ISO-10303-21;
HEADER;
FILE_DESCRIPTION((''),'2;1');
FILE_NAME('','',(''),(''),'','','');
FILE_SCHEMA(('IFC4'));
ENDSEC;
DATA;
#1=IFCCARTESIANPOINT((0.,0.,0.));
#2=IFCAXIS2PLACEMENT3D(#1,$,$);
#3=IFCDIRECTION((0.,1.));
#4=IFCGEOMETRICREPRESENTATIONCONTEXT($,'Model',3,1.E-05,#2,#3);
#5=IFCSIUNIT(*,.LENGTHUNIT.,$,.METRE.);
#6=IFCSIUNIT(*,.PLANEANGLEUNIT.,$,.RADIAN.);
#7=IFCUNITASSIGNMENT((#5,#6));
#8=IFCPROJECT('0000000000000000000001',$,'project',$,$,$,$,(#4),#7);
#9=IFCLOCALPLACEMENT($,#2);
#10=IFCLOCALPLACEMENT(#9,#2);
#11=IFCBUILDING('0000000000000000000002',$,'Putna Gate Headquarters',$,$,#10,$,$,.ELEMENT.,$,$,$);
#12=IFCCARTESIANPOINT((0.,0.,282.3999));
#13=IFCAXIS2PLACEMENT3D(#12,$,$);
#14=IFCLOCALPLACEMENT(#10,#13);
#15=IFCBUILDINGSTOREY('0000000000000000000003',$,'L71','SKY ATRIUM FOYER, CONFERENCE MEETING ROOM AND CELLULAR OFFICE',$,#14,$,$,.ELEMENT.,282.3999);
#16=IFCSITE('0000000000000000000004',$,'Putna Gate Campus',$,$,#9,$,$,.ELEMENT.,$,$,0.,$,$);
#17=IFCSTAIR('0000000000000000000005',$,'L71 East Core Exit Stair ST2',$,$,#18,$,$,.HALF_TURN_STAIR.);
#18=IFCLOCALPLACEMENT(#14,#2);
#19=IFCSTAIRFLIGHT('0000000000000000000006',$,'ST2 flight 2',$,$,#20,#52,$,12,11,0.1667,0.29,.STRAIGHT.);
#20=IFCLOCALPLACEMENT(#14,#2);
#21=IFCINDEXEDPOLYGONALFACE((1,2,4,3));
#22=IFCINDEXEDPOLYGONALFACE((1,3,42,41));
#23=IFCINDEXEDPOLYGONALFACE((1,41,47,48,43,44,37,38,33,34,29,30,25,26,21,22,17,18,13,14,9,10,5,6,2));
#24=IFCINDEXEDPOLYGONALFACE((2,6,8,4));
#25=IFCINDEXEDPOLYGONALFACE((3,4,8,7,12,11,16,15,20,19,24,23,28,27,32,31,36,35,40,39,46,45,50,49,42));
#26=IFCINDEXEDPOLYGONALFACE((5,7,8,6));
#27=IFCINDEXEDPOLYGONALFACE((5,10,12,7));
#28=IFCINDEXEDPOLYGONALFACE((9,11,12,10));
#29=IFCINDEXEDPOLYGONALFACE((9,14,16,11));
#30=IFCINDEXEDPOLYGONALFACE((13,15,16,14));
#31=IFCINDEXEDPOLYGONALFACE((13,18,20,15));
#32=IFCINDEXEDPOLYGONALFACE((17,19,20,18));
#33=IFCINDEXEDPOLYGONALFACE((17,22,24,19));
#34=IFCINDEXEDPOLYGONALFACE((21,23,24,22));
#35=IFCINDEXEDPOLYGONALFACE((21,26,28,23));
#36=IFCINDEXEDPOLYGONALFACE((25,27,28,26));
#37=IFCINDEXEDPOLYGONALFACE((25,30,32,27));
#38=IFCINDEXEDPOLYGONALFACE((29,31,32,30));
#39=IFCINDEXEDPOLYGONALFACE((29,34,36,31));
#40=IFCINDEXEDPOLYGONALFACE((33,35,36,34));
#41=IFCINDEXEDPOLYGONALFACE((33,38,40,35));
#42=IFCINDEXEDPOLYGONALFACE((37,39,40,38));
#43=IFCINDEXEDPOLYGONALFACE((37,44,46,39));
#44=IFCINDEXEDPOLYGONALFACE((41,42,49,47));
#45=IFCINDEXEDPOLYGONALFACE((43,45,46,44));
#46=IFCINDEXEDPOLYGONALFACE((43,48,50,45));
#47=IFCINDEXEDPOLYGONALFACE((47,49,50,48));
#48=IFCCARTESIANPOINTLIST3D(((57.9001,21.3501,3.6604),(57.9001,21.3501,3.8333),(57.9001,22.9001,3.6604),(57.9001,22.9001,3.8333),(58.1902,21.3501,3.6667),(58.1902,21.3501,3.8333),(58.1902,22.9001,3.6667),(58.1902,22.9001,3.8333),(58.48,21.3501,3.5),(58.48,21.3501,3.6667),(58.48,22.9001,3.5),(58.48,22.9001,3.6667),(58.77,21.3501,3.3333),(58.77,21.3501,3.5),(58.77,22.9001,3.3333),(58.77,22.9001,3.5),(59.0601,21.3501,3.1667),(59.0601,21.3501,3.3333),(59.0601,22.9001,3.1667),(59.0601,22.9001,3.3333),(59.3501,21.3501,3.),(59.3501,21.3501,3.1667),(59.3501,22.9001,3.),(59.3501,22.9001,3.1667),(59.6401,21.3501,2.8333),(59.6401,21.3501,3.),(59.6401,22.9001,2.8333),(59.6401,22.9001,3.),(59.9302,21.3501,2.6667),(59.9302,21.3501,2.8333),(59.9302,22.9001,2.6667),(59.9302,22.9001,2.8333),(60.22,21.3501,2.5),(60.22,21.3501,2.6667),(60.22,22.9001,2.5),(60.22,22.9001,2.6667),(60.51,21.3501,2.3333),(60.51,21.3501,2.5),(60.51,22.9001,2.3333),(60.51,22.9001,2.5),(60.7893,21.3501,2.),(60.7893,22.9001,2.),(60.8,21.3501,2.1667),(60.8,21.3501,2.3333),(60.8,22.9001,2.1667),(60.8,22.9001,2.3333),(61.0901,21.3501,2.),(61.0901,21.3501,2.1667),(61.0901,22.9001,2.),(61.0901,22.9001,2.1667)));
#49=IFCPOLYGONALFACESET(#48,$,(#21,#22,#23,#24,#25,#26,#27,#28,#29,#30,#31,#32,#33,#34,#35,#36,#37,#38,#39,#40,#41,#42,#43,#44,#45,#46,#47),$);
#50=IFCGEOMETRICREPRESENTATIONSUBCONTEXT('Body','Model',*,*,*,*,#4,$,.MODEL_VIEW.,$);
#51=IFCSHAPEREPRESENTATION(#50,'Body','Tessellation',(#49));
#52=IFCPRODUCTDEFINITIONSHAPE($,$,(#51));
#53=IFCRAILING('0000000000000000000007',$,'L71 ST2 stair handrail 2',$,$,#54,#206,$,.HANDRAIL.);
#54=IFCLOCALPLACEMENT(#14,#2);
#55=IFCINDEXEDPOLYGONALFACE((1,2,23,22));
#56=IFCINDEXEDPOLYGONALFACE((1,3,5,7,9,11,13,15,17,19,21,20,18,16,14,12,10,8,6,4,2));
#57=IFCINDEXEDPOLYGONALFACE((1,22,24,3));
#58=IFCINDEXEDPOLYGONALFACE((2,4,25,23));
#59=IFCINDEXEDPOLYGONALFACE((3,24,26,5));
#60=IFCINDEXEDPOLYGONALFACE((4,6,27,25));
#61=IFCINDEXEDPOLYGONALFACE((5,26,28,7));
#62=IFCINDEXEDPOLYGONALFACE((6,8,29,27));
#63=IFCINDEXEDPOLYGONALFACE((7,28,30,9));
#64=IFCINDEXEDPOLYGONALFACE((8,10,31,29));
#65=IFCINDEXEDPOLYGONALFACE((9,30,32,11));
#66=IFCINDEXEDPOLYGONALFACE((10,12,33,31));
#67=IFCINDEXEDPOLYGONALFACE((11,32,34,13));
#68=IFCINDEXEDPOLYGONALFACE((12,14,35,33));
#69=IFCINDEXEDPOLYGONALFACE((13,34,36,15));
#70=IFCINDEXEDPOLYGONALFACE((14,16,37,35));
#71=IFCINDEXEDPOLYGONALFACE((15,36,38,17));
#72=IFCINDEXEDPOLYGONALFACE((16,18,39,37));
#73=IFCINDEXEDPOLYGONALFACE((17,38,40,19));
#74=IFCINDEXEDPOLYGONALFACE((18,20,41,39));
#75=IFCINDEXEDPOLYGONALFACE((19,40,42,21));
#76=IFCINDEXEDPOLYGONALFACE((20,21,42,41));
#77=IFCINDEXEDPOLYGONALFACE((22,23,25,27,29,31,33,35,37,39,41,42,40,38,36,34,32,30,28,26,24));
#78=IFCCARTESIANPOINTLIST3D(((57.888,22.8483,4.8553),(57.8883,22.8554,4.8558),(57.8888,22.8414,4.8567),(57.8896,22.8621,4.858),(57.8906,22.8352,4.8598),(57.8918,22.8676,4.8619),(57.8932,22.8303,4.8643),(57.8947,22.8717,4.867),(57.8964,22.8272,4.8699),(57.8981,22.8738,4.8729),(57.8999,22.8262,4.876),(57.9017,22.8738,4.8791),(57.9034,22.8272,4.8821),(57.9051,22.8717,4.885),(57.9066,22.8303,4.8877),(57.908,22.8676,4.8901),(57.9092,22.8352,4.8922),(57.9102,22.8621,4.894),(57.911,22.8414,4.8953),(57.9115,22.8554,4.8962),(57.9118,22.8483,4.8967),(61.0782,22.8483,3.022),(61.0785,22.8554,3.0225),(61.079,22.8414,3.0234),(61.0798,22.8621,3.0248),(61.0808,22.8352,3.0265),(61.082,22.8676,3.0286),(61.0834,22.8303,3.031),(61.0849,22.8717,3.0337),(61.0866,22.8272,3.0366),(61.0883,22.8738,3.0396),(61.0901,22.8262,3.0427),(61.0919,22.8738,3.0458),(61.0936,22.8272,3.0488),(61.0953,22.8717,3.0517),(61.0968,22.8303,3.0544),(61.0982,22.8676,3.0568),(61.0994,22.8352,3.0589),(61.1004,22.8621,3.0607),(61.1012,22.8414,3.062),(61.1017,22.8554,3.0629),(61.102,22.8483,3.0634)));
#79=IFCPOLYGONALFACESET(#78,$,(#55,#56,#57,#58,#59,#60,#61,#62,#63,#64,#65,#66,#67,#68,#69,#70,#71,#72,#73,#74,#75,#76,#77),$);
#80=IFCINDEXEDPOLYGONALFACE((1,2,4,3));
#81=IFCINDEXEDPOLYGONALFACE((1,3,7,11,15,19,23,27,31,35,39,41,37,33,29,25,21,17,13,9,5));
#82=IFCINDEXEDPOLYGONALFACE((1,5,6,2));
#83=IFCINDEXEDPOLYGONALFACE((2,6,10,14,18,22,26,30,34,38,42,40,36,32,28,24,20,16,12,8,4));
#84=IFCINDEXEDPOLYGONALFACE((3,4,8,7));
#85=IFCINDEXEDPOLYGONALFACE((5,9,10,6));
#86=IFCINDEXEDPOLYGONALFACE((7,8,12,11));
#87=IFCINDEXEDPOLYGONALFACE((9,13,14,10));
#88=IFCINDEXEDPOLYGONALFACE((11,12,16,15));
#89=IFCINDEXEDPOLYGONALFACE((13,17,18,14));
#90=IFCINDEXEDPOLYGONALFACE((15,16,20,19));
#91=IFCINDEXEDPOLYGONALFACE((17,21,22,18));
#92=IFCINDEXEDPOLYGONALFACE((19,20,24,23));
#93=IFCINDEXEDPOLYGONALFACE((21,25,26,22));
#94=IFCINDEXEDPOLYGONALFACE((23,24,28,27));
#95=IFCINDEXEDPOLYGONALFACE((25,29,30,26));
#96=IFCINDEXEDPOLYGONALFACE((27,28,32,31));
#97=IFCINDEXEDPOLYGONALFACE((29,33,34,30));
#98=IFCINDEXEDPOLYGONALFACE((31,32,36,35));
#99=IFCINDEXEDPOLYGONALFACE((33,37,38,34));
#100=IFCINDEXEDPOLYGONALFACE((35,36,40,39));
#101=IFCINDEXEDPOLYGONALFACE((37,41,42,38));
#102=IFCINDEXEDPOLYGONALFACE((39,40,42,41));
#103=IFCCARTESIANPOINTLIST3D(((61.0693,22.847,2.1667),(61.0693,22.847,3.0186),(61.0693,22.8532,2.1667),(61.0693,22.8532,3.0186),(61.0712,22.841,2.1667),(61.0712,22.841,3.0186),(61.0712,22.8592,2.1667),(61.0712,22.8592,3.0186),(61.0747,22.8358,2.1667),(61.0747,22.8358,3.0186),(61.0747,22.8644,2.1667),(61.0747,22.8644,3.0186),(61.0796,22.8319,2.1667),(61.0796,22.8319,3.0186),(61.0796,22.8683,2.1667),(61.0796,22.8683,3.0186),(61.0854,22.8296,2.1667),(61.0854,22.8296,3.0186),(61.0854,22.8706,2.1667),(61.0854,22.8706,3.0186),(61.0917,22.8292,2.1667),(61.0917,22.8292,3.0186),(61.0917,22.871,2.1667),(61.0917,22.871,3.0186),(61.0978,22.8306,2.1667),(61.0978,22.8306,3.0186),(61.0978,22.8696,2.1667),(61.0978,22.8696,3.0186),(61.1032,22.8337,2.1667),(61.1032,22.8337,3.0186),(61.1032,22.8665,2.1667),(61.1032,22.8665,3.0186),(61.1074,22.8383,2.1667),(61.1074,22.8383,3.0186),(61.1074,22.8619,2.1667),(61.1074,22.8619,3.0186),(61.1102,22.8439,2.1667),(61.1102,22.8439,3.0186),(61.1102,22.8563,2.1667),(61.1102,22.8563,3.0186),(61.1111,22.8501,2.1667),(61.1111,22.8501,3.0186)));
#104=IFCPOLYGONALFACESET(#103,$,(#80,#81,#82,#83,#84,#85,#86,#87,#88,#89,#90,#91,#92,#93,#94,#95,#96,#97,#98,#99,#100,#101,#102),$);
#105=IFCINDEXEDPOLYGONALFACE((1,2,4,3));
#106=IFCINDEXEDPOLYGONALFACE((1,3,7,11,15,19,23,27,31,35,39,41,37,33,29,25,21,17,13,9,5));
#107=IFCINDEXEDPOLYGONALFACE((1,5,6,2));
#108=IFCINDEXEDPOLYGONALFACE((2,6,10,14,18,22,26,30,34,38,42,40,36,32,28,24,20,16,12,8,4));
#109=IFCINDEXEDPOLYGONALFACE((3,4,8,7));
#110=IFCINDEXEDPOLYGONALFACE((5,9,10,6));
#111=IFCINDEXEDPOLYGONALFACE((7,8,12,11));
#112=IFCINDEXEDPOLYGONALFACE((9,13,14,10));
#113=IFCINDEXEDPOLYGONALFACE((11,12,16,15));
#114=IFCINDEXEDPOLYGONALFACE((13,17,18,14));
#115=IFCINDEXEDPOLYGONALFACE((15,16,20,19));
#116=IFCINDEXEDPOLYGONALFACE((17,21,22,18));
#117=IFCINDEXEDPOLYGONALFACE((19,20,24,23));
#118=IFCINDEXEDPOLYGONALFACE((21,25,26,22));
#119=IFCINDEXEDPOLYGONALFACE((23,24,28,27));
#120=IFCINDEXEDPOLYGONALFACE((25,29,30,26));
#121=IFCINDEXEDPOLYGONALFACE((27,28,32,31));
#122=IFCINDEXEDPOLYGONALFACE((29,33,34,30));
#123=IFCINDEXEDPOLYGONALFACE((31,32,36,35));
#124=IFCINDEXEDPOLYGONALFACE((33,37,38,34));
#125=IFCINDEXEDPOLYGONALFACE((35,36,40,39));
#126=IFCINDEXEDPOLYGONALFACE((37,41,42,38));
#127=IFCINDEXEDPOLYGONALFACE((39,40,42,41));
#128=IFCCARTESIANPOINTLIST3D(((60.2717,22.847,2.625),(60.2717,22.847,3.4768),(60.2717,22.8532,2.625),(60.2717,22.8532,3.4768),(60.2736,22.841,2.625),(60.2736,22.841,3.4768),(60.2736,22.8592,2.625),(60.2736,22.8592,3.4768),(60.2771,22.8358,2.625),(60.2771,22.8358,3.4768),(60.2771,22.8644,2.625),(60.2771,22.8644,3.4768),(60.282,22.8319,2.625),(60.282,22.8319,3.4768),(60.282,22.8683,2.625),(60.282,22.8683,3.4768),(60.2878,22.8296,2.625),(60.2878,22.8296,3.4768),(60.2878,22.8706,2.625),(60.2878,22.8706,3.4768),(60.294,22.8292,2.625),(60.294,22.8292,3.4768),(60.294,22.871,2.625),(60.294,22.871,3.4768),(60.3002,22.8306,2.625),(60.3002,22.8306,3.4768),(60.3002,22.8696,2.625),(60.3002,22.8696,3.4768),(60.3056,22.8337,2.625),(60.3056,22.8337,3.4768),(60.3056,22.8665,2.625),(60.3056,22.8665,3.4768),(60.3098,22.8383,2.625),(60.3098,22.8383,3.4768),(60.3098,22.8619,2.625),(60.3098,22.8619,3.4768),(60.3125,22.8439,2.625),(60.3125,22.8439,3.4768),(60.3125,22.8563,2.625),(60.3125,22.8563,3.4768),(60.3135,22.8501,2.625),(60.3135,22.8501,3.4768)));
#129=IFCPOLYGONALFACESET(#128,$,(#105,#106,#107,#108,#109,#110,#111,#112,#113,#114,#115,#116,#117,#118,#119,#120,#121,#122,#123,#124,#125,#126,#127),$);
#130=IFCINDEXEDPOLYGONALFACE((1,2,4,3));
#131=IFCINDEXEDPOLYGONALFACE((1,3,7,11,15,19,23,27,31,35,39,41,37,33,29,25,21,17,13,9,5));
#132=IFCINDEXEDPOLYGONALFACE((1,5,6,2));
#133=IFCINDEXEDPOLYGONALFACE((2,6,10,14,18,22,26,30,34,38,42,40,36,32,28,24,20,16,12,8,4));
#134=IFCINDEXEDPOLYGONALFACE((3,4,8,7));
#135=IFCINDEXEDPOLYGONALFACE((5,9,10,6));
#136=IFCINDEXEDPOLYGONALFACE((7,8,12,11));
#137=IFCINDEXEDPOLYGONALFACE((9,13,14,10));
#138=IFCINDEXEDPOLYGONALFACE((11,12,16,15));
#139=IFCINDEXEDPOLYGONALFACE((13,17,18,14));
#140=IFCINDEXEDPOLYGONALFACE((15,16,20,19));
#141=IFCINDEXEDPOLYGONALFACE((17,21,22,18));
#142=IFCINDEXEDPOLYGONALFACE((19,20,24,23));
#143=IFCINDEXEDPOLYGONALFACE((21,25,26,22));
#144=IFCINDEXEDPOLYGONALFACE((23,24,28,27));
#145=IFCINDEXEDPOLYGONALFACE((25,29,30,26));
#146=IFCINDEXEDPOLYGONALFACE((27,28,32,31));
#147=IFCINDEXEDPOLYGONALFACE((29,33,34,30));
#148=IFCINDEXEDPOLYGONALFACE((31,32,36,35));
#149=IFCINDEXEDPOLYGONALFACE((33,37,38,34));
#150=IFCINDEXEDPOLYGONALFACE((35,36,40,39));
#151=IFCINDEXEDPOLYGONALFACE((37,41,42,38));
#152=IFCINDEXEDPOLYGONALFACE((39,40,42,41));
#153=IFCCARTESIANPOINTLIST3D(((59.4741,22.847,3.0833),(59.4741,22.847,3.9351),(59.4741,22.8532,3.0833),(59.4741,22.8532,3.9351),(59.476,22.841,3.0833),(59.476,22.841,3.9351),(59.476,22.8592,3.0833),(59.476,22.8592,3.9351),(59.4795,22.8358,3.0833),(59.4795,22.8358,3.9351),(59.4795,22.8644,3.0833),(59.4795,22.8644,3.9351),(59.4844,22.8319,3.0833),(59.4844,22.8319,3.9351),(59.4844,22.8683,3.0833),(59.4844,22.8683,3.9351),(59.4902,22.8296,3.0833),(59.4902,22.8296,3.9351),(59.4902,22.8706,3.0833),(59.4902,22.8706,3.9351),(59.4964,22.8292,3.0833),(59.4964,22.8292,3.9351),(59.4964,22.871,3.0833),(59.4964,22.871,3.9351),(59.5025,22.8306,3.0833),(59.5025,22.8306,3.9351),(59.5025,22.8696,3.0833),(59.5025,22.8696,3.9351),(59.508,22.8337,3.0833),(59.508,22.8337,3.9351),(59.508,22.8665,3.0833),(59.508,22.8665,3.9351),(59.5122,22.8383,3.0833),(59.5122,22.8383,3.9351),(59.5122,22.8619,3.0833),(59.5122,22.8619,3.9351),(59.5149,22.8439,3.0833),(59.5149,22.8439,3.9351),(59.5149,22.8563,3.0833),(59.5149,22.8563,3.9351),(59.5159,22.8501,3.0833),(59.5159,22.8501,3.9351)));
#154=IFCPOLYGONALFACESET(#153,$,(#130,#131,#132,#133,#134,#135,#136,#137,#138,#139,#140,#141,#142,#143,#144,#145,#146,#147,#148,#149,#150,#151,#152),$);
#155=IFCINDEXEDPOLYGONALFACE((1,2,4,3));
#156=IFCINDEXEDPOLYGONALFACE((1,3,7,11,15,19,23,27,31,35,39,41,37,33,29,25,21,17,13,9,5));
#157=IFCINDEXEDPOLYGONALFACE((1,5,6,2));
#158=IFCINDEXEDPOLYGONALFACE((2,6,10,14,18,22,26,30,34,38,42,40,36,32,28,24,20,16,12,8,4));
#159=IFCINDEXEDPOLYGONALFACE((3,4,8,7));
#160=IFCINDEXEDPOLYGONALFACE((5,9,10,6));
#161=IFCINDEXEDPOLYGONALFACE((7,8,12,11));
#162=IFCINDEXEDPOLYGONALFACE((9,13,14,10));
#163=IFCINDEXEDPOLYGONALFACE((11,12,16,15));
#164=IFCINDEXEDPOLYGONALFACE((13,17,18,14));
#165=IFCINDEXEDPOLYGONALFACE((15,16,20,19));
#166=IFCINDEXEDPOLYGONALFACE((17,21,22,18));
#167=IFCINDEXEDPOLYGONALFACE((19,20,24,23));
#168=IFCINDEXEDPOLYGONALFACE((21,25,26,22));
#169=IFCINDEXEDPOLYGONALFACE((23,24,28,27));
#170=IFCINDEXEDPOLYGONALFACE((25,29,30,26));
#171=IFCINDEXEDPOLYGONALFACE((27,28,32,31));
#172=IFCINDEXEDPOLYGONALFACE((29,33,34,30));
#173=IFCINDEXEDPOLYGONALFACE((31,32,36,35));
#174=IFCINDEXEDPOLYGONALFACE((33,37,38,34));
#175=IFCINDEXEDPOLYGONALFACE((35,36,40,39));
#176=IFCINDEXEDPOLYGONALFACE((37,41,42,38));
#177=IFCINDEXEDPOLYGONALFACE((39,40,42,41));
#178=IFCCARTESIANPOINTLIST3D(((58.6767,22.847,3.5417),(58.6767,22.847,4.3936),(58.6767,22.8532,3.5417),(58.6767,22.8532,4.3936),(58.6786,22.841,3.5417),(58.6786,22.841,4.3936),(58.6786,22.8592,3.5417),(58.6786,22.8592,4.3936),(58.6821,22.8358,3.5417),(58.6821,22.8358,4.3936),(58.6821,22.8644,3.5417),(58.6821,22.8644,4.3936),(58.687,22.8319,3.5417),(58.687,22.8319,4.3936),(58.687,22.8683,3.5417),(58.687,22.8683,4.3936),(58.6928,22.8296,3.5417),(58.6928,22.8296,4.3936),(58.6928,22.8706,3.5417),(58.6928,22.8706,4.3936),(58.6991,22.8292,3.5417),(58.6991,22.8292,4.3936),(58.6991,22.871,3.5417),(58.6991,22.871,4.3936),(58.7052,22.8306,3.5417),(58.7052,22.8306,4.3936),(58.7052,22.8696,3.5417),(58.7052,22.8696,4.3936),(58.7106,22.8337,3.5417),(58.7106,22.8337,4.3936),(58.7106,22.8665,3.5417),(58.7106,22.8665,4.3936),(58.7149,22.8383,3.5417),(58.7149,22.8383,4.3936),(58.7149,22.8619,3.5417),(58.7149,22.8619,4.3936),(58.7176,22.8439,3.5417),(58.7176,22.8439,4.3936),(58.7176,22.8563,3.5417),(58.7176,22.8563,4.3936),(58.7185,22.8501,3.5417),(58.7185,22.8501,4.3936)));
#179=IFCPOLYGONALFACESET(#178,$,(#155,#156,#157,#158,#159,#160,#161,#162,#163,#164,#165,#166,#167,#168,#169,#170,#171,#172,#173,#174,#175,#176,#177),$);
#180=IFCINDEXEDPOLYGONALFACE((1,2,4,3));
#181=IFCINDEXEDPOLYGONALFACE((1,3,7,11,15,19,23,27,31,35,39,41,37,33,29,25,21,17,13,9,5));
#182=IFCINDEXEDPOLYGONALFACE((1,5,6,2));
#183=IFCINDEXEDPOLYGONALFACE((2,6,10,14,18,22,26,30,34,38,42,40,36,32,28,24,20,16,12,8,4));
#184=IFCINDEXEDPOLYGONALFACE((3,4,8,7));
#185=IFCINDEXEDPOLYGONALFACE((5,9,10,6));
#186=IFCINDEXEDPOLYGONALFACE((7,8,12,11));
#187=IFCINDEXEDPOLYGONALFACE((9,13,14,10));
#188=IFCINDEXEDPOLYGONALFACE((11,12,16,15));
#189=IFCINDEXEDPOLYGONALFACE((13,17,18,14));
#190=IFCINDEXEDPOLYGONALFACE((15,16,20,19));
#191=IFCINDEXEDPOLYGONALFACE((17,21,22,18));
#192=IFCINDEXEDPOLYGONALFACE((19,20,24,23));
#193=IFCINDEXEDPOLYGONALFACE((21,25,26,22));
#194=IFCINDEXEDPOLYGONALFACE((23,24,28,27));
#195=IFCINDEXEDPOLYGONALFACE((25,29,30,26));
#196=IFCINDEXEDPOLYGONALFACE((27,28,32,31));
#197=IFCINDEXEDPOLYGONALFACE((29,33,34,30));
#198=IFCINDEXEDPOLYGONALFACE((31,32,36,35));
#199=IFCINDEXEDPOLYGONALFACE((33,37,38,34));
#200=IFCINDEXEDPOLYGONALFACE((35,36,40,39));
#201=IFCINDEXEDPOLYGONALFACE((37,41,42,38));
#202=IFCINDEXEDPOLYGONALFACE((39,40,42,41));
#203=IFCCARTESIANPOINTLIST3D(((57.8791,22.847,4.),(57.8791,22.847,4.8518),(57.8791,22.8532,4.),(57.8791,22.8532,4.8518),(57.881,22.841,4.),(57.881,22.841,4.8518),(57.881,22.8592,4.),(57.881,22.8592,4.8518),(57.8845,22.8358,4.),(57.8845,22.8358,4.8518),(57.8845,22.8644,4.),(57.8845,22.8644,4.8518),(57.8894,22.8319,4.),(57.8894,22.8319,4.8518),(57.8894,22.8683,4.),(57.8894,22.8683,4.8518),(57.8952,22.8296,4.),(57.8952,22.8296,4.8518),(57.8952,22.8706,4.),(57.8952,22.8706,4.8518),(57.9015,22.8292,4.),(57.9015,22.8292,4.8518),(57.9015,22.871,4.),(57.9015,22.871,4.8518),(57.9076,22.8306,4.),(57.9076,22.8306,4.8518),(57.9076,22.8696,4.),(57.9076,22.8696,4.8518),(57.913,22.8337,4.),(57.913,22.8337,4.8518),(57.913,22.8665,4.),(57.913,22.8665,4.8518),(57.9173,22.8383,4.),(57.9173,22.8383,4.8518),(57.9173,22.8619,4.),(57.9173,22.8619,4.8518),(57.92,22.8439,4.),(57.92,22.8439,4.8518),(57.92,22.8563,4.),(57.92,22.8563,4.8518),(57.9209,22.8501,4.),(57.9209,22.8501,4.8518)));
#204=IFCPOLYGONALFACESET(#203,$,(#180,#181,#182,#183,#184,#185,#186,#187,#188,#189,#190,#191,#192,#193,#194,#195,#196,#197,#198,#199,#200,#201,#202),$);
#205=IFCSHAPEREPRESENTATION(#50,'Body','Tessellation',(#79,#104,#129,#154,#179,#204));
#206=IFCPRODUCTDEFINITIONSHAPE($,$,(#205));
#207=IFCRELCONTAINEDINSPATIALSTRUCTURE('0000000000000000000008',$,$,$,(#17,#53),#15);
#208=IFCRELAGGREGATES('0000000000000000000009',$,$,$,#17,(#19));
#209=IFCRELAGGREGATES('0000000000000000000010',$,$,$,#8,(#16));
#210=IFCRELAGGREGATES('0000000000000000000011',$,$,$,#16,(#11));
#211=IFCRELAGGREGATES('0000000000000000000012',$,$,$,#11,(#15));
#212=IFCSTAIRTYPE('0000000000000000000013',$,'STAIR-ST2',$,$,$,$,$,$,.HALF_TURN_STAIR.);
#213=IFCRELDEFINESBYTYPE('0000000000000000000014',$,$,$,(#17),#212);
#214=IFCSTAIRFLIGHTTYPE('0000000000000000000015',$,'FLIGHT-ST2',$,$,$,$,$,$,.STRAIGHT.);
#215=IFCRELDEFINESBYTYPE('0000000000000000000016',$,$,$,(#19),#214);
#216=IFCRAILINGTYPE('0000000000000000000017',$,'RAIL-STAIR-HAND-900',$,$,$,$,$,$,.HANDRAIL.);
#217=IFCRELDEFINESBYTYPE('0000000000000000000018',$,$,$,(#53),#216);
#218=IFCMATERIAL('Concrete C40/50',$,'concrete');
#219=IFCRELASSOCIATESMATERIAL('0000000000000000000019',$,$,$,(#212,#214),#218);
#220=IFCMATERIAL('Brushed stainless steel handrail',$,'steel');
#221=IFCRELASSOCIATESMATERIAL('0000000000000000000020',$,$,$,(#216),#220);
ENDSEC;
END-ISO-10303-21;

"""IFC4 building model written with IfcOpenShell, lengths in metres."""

from ifc_helpers import new_model, si_unit, direction, frame, origin, origin_2d, place, context, subcontext, project, spatial, polyline, circle, outline, extrude, material, type_object, element, aggregate, save


model = new_model("IFC4")

# Units and contexts
model_context = context("Model", 3, precision=1e-05, world=origin(), true_north=direction((0.0, 1.0)))
body_context = subcontext(model_context, "Body", "Model", "MODEL_VIEW")
ifc_project = project(units=[si_unit("LENGTHUNIT", "METRE"), si_unit("PLANEANGLEUNIT", "RADIAN")], contexts=[model_context])

# Site, building, storey
site_placement = place(None, origin())
site = spatial("IfcSite", under=ifc_project, at=site_placement, Name="Putna Gate Campus", CompositionType="ELEMENT", RefElevation=0.0)
building_placement = place(site_placement, origin())
building = spatial("IfcBuilding", under=site, at=building_placement, Name="Putna Gate Headquarters", CompositionType="ELEMENT")
storey_placement = place(building_placement, frame((0.0, 0.0, 282.3999)))
storey = spatial("IfcBuildingStorey", under=building, at=storey_placement, Name="L71", Description="SKY ATRIUM FOYER, CONFERENCE MEETING ROOM AND CELLULAR OFFICE", CompositionType="ELEMENT", Elevation=282.3999)

# Shared definitions
ifc_material_1 = material(Name="Concrete C40/50", Category="concrete")

# Stair, stair flight
stair_type = type_object("IfcStairType", Name="STAIR-ST2", PredefinedType="HALF_TURN_STAIR", material=ifc_material_1)
stair_placement = place(storey_placement, origin())
stair = element("IfcStair", 1, at=stair_placement, inside=storey, type_object=stair_type, Name="L71 East Core Exit Stair ST2", PredefinedType="HALF_TURN_STAIR")
stair_flight_type = type_object("IfcStairFlightType", Name="FLIGHT-ST2", PredefinedType="STRAIGHT", material=ifc_material_1)
stair_flight_placement = place(storey_placement, frame((61.0901, 22.125, 2.0), z_axis=(0.0, 0.0, 1.0), x_axis=(-1.0, 0.0, 0.0)))
stair_flight = element("IfcStairFlight", 2, at=stair_flight_placement, type_object=stair_flight_type, Name="ST2 flight 2", NumberOfRisers=12, NumberOfTreads=11, PredefinedType="STRAIGHT", RiserHeight=0.1667, TreadLength=0.29, context=body_context, shape_type="SweptSolid", body=[
    extrude(outline(polyline([(0.0, 0.0), (0.0, 0.1667), (0.29, 0.1667), (0.29, 0.3333), (0.5801, 0.3333), (0.5801, 0.5), (0.8701, 0.5), (0.8701, 0.6667), (1.1599, 0.6667), (1.1599, 0.8333), (1.45, 0.8333), (1.45, 1.0), (1.74, 1.0), (1.74, 1.1667), (2.03, 1.1667), (2.03, 1.3333), (2.3201, 1.3333), (2.3201, 1.5), (2.6101, 1.5), (2.6101, 1.6667), (2.8999, 1.6667), (2.8999, 1.8333), (3.1899, 1.8333), (3.1899, 2.0), (3.1899, 1.6604), (0.3008, 0.0), (0.0, 0.0)])), frame((0.0, 0.7749, 0.0), z_axis=(0.0, -1.0, 0.0), x_axis=(1.0, 0.0, 0.0)), (0.0, 0.0, 1.0), 1.55),
])
aggregate(stair, [stair_flight])

# Railing
ifc_material_2 = material(Name="Brushed stainless steel handrail", Category="steel")
railing_type = type_object("IfcRailingType", Name="RAIL-STAIR-HAND-900", PredefinedType="HANDRAIL", material=ifc_material_2)
railing_placement = place(storey_placement, frame((61.0901, 22.8501, 2.1667)))
element("IfcRailing", 3, at=railing_placement, inside=storey, type_object=railing_type, Name="L71 ST2 stair handrail 2", PredefinedType="HANDRAIL", context=body_context, shape_type="SweptSolid", body=[
    extrude(circle(Radius=0.0239, at=origin_2d()), frame((0.0, 0.0, 0.876), z_axis=(-0.867036, 0.0, 0.498245), x_axis=(0.0, -1.0, 0.0)), (0.0, 0.0, 1.0), 3.6794),
    extrude(circle(Radius=0.021, at=origin_2d()), origin(), (0.0, 0.0, 1.0), 0.8518),
    extrude(circle(Radius=0.021, at=origin_2d()), frame((-0.7976, 0.0, 0.4583)), (0.0, 0.0, 1.0), 0.8518),
    extrude(circle(Radius=0.021, at=origin_2d()), frame((-1.5952, 0.0, 0.9165)), (0.0, 0.0, 1.0), 0.8518),
    extrude(circle(Radius=0.021, at=origin_2d()), frame((-2.3926, 0.0, 1.375)), (0.0, 0.0, 1.0), 0.8518),
    extrude(circle(Radius=0.021, at=origin_2d()), frame((-3.1902, 0.0, 1.8333)), (0.0, 0.0, 1.0), 0.8518),
])

save(model, "model.ifc")
